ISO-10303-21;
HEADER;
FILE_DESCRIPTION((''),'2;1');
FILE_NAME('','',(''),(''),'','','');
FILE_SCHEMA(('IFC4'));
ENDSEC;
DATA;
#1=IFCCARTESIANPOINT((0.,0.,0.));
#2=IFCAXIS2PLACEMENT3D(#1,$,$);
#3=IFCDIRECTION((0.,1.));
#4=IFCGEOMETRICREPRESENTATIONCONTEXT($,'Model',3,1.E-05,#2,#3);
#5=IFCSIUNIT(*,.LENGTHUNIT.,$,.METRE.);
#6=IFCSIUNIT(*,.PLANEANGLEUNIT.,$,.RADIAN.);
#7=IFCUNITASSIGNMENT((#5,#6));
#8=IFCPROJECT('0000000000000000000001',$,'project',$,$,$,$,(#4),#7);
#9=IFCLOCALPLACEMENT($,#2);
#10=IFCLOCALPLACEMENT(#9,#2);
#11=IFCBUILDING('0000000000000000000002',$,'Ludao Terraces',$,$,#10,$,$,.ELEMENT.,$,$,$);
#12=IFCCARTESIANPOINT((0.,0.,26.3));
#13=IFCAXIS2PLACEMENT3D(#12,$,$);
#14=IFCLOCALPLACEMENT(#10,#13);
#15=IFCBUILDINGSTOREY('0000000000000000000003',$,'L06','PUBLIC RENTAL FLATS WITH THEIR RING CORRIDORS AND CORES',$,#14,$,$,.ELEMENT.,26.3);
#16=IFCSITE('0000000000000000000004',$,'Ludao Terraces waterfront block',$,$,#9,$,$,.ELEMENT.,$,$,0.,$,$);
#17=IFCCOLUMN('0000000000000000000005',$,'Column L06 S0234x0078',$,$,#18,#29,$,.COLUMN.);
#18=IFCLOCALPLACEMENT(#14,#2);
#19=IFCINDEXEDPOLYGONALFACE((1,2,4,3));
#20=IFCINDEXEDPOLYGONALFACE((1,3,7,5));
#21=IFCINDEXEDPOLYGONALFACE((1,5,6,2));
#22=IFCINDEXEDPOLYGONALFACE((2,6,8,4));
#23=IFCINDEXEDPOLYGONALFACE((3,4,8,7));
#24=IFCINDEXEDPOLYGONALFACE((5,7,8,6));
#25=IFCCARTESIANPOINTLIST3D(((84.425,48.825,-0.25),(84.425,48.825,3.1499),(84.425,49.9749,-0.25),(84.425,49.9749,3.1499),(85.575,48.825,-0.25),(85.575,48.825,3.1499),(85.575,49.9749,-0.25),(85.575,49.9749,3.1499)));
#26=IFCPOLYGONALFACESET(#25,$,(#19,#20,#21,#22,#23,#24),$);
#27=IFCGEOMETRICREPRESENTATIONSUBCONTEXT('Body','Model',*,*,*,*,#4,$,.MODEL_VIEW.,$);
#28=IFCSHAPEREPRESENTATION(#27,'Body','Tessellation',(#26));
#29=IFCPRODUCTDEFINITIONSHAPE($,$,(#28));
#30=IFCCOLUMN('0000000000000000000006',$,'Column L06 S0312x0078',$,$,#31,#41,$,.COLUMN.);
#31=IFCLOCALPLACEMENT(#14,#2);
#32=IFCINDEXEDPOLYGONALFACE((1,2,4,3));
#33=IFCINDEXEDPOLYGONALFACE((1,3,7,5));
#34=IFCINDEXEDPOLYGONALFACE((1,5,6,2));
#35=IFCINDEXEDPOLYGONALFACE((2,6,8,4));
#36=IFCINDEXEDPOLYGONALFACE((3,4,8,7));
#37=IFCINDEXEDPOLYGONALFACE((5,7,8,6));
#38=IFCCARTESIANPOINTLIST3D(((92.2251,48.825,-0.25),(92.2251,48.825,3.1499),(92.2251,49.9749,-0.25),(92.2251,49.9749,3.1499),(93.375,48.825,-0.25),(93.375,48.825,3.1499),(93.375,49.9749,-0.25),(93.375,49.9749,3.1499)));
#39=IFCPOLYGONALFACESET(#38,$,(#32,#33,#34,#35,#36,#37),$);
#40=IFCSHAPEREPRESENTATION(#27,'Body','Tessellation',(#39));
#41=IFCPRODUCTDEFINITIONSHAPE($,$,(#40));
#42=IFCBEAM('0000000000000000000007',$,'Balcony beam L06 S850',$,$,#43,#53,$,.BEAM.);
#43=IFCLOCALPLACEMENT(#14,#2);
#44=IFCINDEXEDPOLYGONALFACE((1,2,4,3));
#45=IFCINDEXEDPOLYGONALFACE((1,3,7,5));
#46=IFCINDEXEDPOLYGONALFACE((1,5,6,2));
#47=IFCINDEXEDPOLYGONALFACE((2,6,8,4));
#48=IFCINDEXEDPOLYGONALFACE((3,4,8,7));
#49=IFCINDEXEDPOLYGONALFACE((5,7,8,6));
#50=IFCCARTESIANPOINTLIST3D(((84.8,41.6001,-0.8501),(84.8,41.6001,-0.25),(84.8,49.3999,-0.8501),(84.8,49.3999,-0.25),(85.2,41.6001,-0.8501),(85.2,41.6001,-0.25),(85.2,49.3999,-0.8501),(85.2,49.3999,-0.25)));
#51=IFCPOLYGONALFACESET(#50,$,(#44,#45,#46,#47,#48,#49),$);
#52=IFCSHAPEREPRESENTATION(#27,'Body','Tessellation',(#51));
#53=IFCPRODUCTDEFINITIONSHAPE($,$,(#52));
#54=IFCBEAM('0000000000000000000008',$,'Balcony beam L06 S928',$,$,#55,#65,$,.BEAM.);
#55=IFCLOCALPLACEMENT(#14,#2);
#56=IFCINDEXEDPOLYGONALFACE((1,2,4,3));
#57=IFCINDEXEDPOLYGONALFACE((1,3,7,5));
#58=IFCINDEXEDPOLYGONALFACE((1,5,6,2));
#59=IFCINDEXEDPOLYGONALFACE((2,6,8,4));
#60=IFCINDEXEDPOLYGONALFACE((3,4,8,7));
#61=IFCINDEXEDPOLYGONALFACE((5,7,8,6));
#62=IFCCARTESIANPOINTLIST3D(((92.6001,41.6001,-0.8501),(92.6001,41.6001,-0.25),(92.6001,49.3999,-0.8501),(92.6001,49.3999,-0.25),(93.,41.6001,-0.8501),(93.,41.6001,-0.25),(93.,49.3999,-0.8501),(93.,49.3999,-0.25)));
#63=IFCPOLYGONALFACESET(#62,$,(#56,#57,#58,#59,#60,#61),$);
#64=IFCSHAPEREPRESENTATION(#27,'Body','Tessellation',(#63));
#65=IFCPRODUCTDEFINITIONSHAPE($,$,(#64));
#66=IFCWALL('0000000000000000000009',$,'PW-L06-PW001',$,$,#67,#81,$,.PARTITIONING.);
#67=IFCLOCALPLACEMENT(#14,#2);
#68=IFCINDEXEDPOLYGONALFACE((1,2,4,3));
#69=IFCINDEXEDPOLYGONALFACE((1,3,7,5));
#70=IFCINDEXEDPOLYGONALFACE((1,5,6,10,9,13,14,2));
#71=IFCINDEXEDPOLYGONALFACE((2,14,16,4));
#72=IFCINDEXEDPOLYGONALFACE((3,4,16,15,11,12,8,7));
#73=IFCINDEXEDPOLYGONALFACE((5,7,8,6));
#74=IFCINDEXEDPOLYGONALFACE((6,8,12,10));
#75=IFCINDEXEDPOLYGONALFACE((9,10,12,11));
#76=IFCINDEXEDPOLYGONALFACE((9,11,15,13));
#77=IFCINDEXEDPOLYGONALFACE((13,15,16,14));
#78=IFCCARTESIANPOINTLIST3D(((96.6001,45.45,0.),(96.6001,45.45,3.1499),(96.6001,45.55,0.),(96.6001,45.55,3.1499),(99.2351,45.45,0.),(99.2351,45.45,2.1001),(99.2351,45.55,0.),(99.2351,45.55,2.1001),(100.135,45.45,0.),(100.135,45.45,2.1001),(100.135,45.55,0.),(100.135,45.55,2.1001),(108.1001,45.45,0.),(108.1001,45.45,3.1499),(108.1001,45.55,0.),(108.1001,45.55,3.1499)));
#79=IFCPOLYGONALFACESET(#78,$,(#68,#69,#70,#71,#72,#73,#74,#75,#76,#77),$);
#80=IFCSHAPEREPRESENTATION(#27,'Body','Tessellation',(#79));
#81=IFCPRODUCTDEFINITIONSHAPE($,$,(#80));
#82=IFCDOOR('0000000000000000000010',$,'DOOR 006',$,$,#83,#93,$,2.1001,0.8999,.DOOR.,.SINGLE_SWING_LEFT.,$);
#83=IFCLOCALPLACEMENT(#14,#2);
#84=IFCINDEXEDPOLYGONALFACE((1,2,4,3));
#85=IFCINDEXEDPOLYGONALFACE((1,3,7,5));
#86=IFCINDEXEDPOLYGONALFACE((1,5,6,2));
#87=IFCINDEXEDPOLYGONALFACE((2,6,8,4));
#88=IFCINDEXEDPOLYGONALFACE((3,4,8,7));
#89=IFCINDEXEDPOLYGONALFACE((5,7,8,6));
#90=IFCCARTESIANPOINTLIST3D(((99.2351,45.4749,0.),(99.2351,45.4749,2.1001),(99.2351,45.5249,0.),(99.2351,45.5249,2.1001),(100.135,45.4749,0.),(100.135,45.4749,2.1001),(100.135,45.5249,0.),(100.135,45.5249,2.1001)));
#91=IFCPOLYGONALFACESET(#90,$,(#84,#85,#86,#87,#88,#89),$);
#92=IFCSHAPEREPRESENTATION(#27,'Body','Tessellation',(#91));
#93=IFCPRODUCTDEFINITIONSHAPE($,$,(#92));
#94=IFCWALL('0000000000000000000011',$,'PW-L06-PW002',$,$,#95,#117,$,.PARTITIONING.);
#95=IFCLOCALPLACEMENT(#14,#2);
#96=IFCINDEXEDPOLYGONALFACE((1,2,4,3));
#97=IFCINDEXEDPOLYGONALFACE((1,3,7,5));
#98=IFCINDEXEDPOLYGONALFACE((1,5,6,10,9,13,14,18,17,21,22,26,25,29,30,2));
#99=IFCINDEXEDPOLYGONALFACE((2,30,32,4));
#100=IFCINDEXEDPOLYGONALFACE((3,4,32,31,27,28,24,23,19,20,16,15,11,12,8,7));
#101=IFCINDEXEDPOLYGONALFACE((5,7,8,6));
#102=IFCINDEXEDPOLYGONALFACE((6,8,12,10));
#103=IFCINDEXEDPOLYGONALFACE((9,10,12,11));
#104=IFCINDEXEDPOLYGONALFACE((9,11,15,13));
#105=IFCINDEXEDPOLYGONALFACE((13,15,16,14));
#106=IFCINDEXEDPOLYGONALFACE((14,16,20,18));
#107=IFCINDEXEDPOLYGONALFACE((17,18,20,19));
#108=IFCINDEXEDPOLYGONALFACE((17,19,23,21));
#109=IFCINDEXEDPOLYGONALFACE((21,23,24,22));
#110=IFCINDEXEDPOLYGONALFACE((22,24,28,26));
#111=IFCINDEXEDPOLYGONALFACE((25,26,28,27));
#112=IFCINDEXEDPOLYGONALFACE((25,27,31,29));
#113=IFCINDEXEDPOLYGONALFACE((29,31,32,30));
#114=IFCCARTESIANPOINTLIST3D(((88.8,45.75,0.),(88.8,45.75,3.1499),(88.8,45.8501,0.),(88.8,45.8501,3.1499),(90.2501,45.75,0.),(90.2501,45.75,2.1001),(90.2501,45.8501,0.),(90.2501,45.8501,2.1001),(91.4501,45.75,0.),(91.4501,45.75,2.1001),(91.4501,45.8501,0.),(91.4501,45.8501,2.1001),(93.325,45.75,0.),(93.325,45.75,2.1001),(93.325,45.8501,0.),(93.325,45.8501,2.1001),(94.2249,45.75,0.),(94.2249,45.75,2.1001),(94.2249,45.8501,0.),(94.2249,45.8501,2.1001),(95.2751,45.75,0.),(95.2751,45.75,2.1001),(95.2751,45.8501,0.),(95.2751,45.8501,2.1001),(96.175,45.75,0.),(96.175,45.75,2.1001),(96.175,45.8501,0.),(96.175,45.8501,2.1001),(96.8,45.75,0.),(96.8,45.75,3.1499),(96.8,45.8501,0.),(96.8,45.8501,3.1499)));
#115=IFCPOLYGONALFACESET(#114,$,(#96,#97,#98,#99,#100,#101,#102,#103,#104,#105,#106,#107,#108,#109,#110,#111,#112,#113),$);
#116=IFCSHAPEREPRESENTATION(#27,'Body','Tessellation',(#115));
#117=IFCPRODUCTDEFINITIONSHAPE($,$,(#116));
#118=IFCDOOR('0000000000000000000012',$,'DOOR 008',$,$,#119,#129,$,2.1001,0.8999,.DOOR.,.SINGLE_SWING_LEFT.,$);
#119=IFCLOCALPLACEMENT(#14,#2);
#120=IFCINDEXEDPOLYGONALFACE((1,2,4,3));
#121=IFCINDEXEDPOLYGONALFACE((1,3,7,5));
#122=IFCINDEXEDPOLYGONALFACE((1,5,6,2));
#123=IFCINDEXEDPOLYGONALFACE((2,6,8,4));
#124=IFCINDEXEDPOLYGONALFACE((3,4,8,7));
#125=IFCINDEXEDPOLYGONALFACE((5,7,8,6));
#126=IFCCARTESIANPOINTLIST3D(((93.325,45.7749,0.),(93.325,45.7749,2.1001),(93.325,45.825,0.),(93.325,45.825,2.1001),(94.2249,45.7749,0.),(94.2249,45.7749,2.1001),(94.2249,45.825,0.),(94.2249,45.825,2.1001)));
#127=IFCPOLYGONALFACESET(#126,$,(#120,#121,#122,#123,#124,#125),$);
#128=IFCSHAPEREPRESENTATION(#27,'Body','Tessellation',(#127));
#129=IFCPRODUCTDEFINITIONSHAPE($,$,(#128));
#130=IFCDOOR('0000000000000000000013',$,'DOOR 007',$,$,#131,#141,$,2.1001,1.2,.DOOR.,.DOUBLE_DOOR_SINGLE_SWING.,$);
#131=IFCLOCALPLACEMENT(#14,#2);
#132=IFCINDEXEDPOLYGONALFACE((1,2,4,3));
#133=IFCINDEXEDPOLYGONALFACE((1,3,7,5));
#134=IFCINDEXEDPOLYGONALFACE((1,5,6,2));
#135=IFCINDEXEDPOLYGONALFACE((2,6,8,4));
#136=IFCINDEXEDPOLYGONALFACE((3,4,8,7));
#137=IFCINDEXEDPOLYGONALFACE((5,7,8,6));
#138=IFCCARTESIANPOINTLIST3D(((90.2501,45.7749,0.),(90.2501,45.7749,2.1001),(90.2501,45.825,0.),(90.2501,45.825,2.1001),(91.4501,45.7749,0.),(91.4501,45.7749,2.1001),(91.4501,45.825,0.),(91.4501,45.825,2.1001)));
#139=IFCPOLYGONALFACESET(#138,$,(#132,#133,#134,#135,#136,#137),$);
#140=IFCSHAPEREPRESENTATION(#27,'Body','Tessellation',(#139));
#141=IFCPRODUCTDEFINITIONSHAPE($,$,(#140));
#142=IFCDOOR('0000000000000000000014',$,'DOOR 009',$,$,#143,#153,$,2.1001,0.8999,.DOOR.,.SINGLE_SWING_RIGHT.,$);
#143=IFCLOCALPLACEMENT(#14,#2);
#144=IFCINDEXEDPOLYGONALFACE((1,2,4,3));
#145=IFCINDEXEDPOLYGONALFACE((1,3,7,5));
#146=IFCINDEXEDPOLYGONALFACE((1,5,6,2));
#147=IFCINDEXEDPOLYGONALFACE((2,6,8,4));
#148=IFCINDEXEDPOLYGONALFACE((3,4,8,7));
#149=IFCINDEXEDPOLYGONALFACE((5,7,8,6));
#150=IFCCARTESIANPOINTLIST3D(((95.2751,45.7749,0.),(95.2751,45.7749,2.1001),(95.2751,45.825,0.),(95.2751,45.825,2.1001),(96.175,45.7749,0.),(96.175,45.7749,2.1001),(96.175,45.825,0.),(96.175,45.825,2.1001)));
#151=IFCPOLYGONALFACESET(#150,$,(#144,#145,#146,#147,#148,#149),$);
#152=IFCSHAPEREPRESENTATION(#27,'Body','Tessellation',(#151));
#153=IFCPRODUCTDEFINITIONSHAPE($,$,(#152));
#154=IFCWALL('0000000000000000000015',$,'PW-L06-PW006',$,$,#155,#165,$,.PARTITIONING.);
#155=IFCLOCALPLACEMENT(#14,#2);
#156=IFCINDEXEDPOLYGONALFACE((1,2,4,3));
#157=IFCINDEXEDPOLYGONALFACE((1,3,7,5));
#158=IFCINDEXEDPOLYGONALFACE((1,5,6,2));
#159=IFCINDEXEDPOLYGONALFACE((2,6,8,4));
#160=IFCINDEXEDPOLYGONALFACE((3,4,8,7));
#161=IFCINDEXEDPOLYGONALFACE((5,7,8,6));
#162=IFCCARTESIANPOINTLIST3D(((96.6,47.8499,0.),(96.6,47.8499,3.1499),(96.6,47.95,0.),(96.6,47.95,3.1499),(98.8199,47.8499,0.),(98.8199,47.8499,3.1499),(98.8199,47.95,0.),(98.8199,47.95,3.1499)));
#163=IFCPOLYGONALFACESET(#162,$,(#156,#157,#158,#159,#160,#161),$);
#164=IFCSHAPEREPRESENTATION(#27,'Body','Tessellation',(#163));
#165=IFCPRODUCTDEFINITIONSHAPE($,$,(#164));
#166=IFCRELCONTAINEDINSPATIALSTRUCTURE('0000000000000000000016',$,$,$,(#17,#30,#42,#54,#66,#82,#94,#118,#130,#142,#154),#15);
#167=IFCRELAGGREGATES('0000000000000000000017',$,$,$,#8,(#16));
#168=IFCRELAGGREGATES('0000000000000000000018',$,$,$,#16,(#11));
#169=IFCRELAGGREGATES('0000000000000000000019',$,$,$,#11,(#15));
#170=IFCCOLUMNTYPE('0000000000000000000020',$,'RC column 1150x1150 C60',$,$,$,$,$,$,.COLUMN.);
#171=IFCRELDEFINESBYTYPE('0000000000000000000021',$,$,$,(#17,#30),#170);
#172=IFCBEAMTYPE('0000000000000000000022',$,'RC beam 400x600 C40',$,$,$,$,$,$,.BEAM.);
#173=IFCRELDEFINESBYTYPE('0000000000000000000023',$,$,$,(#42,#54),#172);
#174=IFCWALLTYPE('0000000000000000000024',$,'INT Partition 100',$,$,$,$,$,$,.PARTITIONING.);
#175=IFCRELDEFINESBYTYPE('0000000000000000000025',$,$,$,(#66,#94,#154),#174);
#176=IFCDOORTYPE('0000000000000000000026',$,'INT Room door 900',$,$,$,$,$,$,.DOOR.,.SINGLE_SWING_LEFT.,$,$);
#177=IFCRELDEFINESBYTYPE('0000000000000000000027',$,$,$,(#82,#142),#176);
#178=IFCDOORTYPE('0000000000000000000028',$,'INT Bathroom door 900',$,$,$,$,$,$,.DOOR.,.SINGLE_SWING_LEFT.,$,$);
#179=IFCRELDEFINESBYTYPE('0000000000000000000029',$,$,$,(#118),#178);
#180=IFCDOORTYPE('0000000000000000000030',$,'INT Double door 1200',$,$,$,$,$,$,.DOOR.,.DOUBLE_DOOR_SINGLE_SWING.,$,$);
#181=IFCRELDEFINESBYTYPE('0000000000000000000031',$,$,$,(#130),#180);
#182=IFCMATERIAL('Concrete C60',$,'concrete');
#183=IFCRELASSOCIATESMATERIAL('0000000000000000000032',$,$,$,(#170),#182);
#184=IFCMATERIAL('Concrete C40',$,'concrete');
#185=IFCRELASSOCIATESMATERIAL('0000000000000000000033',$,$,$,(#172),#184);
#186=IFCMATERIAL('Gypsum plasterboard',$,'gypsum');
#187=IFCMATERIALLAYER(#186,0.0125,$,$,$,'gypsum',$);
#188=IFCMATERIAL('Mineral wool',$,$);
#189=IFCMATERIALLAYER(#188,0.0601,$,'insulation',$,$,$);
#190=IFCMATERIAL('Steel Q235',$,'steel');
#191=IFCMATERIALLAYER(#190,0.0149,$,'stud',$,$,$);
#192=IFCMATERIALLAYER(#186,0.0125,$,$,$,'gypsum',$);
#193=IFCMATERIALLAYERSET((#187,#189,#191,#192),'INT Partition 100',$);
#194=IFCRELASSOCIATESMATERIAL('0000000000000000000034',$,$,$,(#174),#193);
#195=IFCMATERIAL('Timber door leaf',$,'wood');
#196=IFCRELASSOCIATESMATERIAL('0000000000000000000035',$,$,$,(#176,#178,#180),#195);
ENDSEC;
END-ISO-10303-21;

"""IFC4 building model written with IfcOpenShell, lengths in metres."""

from ifc_helpers import new_model, si_unit, direction, frame, frame_2d, origin, origin_2d, place, context, subcontext, project, spatial, rectangle, extrude, material, layer, layer_set, material_profile, profile_set, type_object, element, fill, save


model = new_model("IFC4")

# Units and contexts
model_context = context("Model", 3, precision=1e-05, world=origin(), true_north=direction((0.0, 1.0)))
body_context = subcontext(model_context, "Body", "Model", "MODEL_VIEW")
ifc_project = project(units=[si_unit("LENGTHUNIT", "METRE"), si_unit("PLANEANGLEUNIT", "RADIAN")], contexts=[model_context])

# Site, building, storey
site_placement = place(None, origin())
site = spatial("IfcSite", under=ifc_project, at=site_placement, Name="Ludao Terraces waterfront block", CompositionType="ELEMENT", RefElevation=0.0)
building_placement = place(site_placement, origin())
building = spatial("IfcBuilding", under=site, at=building_placement, Name="Ludao Terraces", CompositionType="ELEMENT")
storey_placement = place(building_placement, frame((0.0, 0.0, 26.3)))
storey = spatial("IfcBuildingStorey", under=building, at=storey_placement, Name="L06", Description="PUBLIC RENTAL FLATS WITH THEIR RING CORRIDORS AND CORES", CompositionType="ELEMENT", Elevation=26.3)

# Columns
ifc_material_1 = material(Name="Concrete C60", Category="concrete")
ifc_material_profile_1 = material_profile(ifc_material_1, rectangle(XDim=1.1499, YDim=1.1499, at=origin_2d()), Name="1150 X 1150")
ifc_profile_set_1 = profile_set([ifc_material_profile_1], Name="Concrete C60")
column_type = type_object("IfcColumnType", Name="RC column 1150x1150 C60", PredefinedType="COLUMN", material=ifc_profile_set_1)
for number, where, z_axis, x_axis, name in (
    (1, (85.0, 49.3999, -0.25), (0.0, 0.0, 1.0), (1.0, 0.0, 0.0), "Column L06 S0234x0078"),
    (2, (92.8, 49.3999, -0.25), (0.0, 0.0, 1.0), (1.0, 0.0, 0.0), "Column L06 S0312x0078"),
):
    element("IfcColumn", number, at=place(storey_placement, frame(where, z_axis=z_axis, x_axis=x_axis)), inside=storey, type_object=column_type, Name=name, PredefinedType="COLUMN", context=body_context, shape_type="SweptSolid", body=[
        extrude(rectangle(XDim=1.1499, YDim=1.1499, at=origin_2d()), origin(), (0.0, 0.0, 1.0), 3.3999),
    ])

# Beams
ifc_material_2 = material(Name="Concrete C40", Category="concrete")
ifc_material_profile_2 = material_profile(ifc_material_2, rectangle(XDim=0.3999, YDim=0.6001, at=origin_2d()), Name="400 X 600")
ifc_profile_set_2 = profile_set([ifc_material_profile_2], Name="Concrete C40")
beam_type = type_object("IfcBeamType", Name="RC beam 400x600 C40", PredefinedType="BEAM", material=ifc_profile_set_2)
for number, where, z_axis, x_axis, name in (
    (3, (85.0, 49.3999, -0.55), (0.0, -1.0, 0.0), (1.0, 0.0, 0.0), "Balcony beam L06 S850"),
    (4, (92.8, 49.3999, -0.55), (0.0, -1.0, 0.0), (1.0, 0.0, 0.0), "Balcony beam L06 S928"),
):
    element("IfcBeam", number, at=place(storey_placement, frame(where, z_axis=z_axis, x_axis=x_axis)), inside=storey, type_object=beam_type, Name=name, PredefinedType="BEAM", context=body_context, shape_type="SweptSolid", body=[
        extrude(rectangle(XDim=0.3999, YDim=0.6001, at=origin_2d()), origin(), (0.0, 0.0, 1.0), 7.7998),
    ])

# Wall, opening, door
ifc_material_3 = material(Name="Gypsum plasterboard", Category="gypsum")
ifc_layer_1 = layer(ifc_material_3, 0.0125, Category="gypsum")
ifc_material_4 = material(Name="Mineral wool")
ifc_layer_2 = layer(ifc_material_4, 0.0601, Name="insulation")
ifc_material_5 = material(Name="Steel Q235", Category="steel")
ifc_layer_3 = layer(ifc_material_5, 0.0149, Name="stud")
ifc_layer_4 = layer(ifc_material_3, 0.0125, Category="gypsum")
ifc_layer_set_1 = layer_set([ifc_layer_1, ifc_layer_2, ifc_layer_3, ifc_layer_4], Name="INT Partition 100")
wall_type_1 = type_object("IfcWallType", Name="INT Partition 100", PredefinedType="PARTITIONING", material=ifc_layer_set_1)
wall_1_placement = place(storey_placement, frame((96.6001, 45.5, 0.0), z_axis=(0.0, 0.0, 1.0), x_axis=(1.0, 0.0, 0.0)))
wall_1 = element("IfcWall", 5, at=wall_1_placement, inside=storey, type_object=wall_type_1, Name="PW-L06-PW001", PredefinedType="PARTITIONING", context=body_context, shape_type="SweptSolid", body=[
    extrude(rectangle(XDim=11.5, YDim=0.1001, at=frame_2d((5.75, 0.0))), origin(), (0.0, 0.0, 1.0), 3.1499),
])
opening_1_placement = place(wall_1_placement, frame((2.635, 0.0, 0.0)))
opening_1 = element("IfcOpeningElement", 6, at=opening_1_placement, cuts=wall_1, PredefinedType="OPENING", context=body_context, shape_type="SweptSolid", body=[
    extrude(rectangle(XDim=0.8999, YDim=2.1001, at=frame_2d((0.45, 1.05))), frame((0.0, 0.0601, 0.0), z_axis=(0.0, -1.0, 0.0), x_axis=(1.0, 0.0, 0.0)), (0.0, 0.0, 1.0), 0.1201),
])
ifc_material_6 = material(Name="Timber door leaf", Category="wood")
door_type_1 = type_object("IfcDoorType", Name="INT Room door 900", OperationType="SINGLE_SWING_LEFT", PredefinedType="DOOR", material=ifc_material_6)
door_1_placement = place(opening_1_placement, origin())
door_1 = element("IfcDoor", 7, at=door_1_placement, inside=storey, type_object=door_type_1, Name="DOOR 006", OperationType="SINGLE_SWING_LEFT", OverallHeight=2.1001, OverallWidth=0.8999, PredefinedType="DOOR", context=body_context, shape_type="SweptSolid", body=[
    extrude(rectangle(XDim=0.8999, YDim=2.1001, at=frame_2d((0.45, 1.05))), frame((0.0, 0.0249, 0.0), z_axis=(0.0, -1.0, 0.0), x_axis=(1.0, 0.0, 0.0)), (0.0, 0.0, 1.0), 0.05),
])
fill(opening_1, door_1)

# Wall, openings, doors
wall_2_placement = place(storey_placement, frame((88.8, 45.8, 0.0), z_axis=(0.0, 0.0, 1.0), x_axis=(1.0, 0.0, 0.0)))
wall_2 = element("IfcWall", 8, at=wall_2_placement, inside=storey, type_object=wall_type_1, Name="PW-L06-PW002", PredefinedType="PARTITIONING", context=body_context, shape_type="SweptSolid", body=[
    extrude(rectangle(XDim=8.0, YDim=0.1001, at=frame_2d((4.0, 0.0))), origin(), (0.0, 0.0, 1.0), 3.1499),
])
opening_2_placement = place(wall_2_placement, frame((1.45, 0.0, 0.0)))
opening_2 = element("IfcOpeningElement", 9, at=opening_2_placement, cuts=wall_2, PredefinedType="OPENING", context=body_context, shape_type="SweptSolid", body=[
    extrude(rectangle(XDim=1.2, YDim=2.1001, at=frame_2d((0.6001, 1.05))), frame((0.0, 0.0601, 0.0), z_axis=(0.0, -1.0, 0.0), x_axis=(1.0, 0.0, 0.0)), (0.0, 0.0, 1.0), 0.1201),
])
opening_3_placement = place(wall_2_placement, frame((4.5249, 0.0, 0.0)))
opening_3 = element("IfcOpeningElement", 10, at=opening_3_placement, cuts=wall_2, PredefinedType="OPENING", context=body_context, shape_type="SweptSolid", body=[
    extrude(rectangle(XDim=0.8999, YDim=2.1001, at=frame_2d((0.45, 1.05))), frame((0.0, 0.0601, 0.0), z_axis=(0.0, -1.0, 0.0), x_axis=(1.0, 0.0, 0.0)), (0.0, 0.0, 1.0), 0.1201),
])
opening_4_placement = place(wall_2_placement, frame((6.4751, 0.0, 0.0)))
opening_4 = element("IfcOpeningElement", 11, at=opening_4_placement, cuts=wall_2, PredefinedType="OPENING", context=body_context, shape_type="SweptSolid", body=[
    extrude(rectangle(XDim=0.8999, YDim=2.1001, at=frame_2d((0.45, 1.05))), frame((0.0, 0.0601, 0.0), z_axis=(0.0, -1.0, 0.0), x_axis=(1.0, 0.0, 0.0)), (0.0, 0.0, 1.0), 0.1201),
])
door_type_2 = type_object("IfcDoorType", Name="INT Bathroom door 900", OperationType="SINGLE_SWING_LEFT", PredefinedType="DOOR", material=ifc_material_6)
door_2_placement = place(opening_3_placement, origin())
door_2 = element("IfcDoor", 12, at=door_2_placement, inside=storey, type_object=door_type_2, Name="DOOR 008", OperationType="SINGLE_SWING_LEFT", OverallHeight=2.1001, OverallWidth=0.8999, PredefinedType="DOOR", context=body_context, shape_type="SweptSolid", body=[
    extrude(rectangle(XDim=0.8999, YDim=2.1001, at=frame_2d((0.45, 1.05))), frame((0.0, 0.0249, 0.0), z_axis=(0.0, -1.0, 0.0), x_axis=(1.0, 0.0, 0.0)), (0.0, 0.0, 1.0), 0.05),
])
fill(opening_3, door_2)
door_type_3 = type_object("IfcDoorType", Name="INT Double door 1200", OperationType="DOUBLE_DOOR_SINGLE_SWING", PredefinedType="DOOR", material=ifc_material_6)
door_3_placement = place(opening_2_placement, origin())
door_3 = element("IfcDoor", 13, at=door_3_placement, inside=storey, type_object=door_type_3, Name="DOOR 007", OperationType="DOUBLE_DOOR_SINGLE_SWING", OverallHeight=2.1001, OverallWidth=1.2, PredefinedType="DOOR", context=body_context, shape_type="SweptSolid", body=[
    extrude(rectangle(XDim=1.2, YDim=2.1001, at=frame_2d((0.6001, 1.05))), frame((0.0, 0.0249, 0.0), z_axis=(0.0, -1.0, 0.0), x_axis=(1.0, 0.0, 0.0)), (0.0, 0.0, 1.0), 0.05),
])
fill(opening_2, door_3)
door_4_placement = place(opening_4_placement, origin())
door_4 = element("IfcDoor", 14, at=door_4_placement, inside=storey, type_object=door_type_1, Name="DOOR 009", OperationType="SINGLE_SWING_RIGHT", OverallHeight=2.1001, OverallWidth=0.8999, PredefinedType="DOOR", context=body_context, shape_type="SweptSolid", body=[
    extrude(rectangle(XDim=0.8999, YDim=2.1001, at=frame_2d((0.45, 1.05))), frame((0.0, 0.0249, 0.0), z_axis=(0.0, -1.0, 0.0), x_axis=(1.0, 0.0, 0.0)), (0.0, 0.0, 1.0), 0.05),
])
fill(opening_4, door_4)

# Wall
for number, where, z_axis, x_axis, name in (
    (15, (96.6001, 47.8999, 0.0), (0.0, 0.0, 1.0), (1.0, 0.0, 0.0), "PW-L06-PW006"),
):
    element("IfcWall", number, at=place(storey_placement, frame(where, z_axis=z_axis, x_axis=x_axis)), inside=storey, type_object=wall_type_1, Name=name, PredefinedType="PARTITIONING", context=body_context, shape_type="SweptSolid", body=[
        extrude(rectangle(XDim=2.22, YDim=0.1001, at=frame_2d((1.1099, 0.0))), origin(), (0.0, 0.0, 1.0), 3.1499),
    ])

save(model, "model.ifc")
